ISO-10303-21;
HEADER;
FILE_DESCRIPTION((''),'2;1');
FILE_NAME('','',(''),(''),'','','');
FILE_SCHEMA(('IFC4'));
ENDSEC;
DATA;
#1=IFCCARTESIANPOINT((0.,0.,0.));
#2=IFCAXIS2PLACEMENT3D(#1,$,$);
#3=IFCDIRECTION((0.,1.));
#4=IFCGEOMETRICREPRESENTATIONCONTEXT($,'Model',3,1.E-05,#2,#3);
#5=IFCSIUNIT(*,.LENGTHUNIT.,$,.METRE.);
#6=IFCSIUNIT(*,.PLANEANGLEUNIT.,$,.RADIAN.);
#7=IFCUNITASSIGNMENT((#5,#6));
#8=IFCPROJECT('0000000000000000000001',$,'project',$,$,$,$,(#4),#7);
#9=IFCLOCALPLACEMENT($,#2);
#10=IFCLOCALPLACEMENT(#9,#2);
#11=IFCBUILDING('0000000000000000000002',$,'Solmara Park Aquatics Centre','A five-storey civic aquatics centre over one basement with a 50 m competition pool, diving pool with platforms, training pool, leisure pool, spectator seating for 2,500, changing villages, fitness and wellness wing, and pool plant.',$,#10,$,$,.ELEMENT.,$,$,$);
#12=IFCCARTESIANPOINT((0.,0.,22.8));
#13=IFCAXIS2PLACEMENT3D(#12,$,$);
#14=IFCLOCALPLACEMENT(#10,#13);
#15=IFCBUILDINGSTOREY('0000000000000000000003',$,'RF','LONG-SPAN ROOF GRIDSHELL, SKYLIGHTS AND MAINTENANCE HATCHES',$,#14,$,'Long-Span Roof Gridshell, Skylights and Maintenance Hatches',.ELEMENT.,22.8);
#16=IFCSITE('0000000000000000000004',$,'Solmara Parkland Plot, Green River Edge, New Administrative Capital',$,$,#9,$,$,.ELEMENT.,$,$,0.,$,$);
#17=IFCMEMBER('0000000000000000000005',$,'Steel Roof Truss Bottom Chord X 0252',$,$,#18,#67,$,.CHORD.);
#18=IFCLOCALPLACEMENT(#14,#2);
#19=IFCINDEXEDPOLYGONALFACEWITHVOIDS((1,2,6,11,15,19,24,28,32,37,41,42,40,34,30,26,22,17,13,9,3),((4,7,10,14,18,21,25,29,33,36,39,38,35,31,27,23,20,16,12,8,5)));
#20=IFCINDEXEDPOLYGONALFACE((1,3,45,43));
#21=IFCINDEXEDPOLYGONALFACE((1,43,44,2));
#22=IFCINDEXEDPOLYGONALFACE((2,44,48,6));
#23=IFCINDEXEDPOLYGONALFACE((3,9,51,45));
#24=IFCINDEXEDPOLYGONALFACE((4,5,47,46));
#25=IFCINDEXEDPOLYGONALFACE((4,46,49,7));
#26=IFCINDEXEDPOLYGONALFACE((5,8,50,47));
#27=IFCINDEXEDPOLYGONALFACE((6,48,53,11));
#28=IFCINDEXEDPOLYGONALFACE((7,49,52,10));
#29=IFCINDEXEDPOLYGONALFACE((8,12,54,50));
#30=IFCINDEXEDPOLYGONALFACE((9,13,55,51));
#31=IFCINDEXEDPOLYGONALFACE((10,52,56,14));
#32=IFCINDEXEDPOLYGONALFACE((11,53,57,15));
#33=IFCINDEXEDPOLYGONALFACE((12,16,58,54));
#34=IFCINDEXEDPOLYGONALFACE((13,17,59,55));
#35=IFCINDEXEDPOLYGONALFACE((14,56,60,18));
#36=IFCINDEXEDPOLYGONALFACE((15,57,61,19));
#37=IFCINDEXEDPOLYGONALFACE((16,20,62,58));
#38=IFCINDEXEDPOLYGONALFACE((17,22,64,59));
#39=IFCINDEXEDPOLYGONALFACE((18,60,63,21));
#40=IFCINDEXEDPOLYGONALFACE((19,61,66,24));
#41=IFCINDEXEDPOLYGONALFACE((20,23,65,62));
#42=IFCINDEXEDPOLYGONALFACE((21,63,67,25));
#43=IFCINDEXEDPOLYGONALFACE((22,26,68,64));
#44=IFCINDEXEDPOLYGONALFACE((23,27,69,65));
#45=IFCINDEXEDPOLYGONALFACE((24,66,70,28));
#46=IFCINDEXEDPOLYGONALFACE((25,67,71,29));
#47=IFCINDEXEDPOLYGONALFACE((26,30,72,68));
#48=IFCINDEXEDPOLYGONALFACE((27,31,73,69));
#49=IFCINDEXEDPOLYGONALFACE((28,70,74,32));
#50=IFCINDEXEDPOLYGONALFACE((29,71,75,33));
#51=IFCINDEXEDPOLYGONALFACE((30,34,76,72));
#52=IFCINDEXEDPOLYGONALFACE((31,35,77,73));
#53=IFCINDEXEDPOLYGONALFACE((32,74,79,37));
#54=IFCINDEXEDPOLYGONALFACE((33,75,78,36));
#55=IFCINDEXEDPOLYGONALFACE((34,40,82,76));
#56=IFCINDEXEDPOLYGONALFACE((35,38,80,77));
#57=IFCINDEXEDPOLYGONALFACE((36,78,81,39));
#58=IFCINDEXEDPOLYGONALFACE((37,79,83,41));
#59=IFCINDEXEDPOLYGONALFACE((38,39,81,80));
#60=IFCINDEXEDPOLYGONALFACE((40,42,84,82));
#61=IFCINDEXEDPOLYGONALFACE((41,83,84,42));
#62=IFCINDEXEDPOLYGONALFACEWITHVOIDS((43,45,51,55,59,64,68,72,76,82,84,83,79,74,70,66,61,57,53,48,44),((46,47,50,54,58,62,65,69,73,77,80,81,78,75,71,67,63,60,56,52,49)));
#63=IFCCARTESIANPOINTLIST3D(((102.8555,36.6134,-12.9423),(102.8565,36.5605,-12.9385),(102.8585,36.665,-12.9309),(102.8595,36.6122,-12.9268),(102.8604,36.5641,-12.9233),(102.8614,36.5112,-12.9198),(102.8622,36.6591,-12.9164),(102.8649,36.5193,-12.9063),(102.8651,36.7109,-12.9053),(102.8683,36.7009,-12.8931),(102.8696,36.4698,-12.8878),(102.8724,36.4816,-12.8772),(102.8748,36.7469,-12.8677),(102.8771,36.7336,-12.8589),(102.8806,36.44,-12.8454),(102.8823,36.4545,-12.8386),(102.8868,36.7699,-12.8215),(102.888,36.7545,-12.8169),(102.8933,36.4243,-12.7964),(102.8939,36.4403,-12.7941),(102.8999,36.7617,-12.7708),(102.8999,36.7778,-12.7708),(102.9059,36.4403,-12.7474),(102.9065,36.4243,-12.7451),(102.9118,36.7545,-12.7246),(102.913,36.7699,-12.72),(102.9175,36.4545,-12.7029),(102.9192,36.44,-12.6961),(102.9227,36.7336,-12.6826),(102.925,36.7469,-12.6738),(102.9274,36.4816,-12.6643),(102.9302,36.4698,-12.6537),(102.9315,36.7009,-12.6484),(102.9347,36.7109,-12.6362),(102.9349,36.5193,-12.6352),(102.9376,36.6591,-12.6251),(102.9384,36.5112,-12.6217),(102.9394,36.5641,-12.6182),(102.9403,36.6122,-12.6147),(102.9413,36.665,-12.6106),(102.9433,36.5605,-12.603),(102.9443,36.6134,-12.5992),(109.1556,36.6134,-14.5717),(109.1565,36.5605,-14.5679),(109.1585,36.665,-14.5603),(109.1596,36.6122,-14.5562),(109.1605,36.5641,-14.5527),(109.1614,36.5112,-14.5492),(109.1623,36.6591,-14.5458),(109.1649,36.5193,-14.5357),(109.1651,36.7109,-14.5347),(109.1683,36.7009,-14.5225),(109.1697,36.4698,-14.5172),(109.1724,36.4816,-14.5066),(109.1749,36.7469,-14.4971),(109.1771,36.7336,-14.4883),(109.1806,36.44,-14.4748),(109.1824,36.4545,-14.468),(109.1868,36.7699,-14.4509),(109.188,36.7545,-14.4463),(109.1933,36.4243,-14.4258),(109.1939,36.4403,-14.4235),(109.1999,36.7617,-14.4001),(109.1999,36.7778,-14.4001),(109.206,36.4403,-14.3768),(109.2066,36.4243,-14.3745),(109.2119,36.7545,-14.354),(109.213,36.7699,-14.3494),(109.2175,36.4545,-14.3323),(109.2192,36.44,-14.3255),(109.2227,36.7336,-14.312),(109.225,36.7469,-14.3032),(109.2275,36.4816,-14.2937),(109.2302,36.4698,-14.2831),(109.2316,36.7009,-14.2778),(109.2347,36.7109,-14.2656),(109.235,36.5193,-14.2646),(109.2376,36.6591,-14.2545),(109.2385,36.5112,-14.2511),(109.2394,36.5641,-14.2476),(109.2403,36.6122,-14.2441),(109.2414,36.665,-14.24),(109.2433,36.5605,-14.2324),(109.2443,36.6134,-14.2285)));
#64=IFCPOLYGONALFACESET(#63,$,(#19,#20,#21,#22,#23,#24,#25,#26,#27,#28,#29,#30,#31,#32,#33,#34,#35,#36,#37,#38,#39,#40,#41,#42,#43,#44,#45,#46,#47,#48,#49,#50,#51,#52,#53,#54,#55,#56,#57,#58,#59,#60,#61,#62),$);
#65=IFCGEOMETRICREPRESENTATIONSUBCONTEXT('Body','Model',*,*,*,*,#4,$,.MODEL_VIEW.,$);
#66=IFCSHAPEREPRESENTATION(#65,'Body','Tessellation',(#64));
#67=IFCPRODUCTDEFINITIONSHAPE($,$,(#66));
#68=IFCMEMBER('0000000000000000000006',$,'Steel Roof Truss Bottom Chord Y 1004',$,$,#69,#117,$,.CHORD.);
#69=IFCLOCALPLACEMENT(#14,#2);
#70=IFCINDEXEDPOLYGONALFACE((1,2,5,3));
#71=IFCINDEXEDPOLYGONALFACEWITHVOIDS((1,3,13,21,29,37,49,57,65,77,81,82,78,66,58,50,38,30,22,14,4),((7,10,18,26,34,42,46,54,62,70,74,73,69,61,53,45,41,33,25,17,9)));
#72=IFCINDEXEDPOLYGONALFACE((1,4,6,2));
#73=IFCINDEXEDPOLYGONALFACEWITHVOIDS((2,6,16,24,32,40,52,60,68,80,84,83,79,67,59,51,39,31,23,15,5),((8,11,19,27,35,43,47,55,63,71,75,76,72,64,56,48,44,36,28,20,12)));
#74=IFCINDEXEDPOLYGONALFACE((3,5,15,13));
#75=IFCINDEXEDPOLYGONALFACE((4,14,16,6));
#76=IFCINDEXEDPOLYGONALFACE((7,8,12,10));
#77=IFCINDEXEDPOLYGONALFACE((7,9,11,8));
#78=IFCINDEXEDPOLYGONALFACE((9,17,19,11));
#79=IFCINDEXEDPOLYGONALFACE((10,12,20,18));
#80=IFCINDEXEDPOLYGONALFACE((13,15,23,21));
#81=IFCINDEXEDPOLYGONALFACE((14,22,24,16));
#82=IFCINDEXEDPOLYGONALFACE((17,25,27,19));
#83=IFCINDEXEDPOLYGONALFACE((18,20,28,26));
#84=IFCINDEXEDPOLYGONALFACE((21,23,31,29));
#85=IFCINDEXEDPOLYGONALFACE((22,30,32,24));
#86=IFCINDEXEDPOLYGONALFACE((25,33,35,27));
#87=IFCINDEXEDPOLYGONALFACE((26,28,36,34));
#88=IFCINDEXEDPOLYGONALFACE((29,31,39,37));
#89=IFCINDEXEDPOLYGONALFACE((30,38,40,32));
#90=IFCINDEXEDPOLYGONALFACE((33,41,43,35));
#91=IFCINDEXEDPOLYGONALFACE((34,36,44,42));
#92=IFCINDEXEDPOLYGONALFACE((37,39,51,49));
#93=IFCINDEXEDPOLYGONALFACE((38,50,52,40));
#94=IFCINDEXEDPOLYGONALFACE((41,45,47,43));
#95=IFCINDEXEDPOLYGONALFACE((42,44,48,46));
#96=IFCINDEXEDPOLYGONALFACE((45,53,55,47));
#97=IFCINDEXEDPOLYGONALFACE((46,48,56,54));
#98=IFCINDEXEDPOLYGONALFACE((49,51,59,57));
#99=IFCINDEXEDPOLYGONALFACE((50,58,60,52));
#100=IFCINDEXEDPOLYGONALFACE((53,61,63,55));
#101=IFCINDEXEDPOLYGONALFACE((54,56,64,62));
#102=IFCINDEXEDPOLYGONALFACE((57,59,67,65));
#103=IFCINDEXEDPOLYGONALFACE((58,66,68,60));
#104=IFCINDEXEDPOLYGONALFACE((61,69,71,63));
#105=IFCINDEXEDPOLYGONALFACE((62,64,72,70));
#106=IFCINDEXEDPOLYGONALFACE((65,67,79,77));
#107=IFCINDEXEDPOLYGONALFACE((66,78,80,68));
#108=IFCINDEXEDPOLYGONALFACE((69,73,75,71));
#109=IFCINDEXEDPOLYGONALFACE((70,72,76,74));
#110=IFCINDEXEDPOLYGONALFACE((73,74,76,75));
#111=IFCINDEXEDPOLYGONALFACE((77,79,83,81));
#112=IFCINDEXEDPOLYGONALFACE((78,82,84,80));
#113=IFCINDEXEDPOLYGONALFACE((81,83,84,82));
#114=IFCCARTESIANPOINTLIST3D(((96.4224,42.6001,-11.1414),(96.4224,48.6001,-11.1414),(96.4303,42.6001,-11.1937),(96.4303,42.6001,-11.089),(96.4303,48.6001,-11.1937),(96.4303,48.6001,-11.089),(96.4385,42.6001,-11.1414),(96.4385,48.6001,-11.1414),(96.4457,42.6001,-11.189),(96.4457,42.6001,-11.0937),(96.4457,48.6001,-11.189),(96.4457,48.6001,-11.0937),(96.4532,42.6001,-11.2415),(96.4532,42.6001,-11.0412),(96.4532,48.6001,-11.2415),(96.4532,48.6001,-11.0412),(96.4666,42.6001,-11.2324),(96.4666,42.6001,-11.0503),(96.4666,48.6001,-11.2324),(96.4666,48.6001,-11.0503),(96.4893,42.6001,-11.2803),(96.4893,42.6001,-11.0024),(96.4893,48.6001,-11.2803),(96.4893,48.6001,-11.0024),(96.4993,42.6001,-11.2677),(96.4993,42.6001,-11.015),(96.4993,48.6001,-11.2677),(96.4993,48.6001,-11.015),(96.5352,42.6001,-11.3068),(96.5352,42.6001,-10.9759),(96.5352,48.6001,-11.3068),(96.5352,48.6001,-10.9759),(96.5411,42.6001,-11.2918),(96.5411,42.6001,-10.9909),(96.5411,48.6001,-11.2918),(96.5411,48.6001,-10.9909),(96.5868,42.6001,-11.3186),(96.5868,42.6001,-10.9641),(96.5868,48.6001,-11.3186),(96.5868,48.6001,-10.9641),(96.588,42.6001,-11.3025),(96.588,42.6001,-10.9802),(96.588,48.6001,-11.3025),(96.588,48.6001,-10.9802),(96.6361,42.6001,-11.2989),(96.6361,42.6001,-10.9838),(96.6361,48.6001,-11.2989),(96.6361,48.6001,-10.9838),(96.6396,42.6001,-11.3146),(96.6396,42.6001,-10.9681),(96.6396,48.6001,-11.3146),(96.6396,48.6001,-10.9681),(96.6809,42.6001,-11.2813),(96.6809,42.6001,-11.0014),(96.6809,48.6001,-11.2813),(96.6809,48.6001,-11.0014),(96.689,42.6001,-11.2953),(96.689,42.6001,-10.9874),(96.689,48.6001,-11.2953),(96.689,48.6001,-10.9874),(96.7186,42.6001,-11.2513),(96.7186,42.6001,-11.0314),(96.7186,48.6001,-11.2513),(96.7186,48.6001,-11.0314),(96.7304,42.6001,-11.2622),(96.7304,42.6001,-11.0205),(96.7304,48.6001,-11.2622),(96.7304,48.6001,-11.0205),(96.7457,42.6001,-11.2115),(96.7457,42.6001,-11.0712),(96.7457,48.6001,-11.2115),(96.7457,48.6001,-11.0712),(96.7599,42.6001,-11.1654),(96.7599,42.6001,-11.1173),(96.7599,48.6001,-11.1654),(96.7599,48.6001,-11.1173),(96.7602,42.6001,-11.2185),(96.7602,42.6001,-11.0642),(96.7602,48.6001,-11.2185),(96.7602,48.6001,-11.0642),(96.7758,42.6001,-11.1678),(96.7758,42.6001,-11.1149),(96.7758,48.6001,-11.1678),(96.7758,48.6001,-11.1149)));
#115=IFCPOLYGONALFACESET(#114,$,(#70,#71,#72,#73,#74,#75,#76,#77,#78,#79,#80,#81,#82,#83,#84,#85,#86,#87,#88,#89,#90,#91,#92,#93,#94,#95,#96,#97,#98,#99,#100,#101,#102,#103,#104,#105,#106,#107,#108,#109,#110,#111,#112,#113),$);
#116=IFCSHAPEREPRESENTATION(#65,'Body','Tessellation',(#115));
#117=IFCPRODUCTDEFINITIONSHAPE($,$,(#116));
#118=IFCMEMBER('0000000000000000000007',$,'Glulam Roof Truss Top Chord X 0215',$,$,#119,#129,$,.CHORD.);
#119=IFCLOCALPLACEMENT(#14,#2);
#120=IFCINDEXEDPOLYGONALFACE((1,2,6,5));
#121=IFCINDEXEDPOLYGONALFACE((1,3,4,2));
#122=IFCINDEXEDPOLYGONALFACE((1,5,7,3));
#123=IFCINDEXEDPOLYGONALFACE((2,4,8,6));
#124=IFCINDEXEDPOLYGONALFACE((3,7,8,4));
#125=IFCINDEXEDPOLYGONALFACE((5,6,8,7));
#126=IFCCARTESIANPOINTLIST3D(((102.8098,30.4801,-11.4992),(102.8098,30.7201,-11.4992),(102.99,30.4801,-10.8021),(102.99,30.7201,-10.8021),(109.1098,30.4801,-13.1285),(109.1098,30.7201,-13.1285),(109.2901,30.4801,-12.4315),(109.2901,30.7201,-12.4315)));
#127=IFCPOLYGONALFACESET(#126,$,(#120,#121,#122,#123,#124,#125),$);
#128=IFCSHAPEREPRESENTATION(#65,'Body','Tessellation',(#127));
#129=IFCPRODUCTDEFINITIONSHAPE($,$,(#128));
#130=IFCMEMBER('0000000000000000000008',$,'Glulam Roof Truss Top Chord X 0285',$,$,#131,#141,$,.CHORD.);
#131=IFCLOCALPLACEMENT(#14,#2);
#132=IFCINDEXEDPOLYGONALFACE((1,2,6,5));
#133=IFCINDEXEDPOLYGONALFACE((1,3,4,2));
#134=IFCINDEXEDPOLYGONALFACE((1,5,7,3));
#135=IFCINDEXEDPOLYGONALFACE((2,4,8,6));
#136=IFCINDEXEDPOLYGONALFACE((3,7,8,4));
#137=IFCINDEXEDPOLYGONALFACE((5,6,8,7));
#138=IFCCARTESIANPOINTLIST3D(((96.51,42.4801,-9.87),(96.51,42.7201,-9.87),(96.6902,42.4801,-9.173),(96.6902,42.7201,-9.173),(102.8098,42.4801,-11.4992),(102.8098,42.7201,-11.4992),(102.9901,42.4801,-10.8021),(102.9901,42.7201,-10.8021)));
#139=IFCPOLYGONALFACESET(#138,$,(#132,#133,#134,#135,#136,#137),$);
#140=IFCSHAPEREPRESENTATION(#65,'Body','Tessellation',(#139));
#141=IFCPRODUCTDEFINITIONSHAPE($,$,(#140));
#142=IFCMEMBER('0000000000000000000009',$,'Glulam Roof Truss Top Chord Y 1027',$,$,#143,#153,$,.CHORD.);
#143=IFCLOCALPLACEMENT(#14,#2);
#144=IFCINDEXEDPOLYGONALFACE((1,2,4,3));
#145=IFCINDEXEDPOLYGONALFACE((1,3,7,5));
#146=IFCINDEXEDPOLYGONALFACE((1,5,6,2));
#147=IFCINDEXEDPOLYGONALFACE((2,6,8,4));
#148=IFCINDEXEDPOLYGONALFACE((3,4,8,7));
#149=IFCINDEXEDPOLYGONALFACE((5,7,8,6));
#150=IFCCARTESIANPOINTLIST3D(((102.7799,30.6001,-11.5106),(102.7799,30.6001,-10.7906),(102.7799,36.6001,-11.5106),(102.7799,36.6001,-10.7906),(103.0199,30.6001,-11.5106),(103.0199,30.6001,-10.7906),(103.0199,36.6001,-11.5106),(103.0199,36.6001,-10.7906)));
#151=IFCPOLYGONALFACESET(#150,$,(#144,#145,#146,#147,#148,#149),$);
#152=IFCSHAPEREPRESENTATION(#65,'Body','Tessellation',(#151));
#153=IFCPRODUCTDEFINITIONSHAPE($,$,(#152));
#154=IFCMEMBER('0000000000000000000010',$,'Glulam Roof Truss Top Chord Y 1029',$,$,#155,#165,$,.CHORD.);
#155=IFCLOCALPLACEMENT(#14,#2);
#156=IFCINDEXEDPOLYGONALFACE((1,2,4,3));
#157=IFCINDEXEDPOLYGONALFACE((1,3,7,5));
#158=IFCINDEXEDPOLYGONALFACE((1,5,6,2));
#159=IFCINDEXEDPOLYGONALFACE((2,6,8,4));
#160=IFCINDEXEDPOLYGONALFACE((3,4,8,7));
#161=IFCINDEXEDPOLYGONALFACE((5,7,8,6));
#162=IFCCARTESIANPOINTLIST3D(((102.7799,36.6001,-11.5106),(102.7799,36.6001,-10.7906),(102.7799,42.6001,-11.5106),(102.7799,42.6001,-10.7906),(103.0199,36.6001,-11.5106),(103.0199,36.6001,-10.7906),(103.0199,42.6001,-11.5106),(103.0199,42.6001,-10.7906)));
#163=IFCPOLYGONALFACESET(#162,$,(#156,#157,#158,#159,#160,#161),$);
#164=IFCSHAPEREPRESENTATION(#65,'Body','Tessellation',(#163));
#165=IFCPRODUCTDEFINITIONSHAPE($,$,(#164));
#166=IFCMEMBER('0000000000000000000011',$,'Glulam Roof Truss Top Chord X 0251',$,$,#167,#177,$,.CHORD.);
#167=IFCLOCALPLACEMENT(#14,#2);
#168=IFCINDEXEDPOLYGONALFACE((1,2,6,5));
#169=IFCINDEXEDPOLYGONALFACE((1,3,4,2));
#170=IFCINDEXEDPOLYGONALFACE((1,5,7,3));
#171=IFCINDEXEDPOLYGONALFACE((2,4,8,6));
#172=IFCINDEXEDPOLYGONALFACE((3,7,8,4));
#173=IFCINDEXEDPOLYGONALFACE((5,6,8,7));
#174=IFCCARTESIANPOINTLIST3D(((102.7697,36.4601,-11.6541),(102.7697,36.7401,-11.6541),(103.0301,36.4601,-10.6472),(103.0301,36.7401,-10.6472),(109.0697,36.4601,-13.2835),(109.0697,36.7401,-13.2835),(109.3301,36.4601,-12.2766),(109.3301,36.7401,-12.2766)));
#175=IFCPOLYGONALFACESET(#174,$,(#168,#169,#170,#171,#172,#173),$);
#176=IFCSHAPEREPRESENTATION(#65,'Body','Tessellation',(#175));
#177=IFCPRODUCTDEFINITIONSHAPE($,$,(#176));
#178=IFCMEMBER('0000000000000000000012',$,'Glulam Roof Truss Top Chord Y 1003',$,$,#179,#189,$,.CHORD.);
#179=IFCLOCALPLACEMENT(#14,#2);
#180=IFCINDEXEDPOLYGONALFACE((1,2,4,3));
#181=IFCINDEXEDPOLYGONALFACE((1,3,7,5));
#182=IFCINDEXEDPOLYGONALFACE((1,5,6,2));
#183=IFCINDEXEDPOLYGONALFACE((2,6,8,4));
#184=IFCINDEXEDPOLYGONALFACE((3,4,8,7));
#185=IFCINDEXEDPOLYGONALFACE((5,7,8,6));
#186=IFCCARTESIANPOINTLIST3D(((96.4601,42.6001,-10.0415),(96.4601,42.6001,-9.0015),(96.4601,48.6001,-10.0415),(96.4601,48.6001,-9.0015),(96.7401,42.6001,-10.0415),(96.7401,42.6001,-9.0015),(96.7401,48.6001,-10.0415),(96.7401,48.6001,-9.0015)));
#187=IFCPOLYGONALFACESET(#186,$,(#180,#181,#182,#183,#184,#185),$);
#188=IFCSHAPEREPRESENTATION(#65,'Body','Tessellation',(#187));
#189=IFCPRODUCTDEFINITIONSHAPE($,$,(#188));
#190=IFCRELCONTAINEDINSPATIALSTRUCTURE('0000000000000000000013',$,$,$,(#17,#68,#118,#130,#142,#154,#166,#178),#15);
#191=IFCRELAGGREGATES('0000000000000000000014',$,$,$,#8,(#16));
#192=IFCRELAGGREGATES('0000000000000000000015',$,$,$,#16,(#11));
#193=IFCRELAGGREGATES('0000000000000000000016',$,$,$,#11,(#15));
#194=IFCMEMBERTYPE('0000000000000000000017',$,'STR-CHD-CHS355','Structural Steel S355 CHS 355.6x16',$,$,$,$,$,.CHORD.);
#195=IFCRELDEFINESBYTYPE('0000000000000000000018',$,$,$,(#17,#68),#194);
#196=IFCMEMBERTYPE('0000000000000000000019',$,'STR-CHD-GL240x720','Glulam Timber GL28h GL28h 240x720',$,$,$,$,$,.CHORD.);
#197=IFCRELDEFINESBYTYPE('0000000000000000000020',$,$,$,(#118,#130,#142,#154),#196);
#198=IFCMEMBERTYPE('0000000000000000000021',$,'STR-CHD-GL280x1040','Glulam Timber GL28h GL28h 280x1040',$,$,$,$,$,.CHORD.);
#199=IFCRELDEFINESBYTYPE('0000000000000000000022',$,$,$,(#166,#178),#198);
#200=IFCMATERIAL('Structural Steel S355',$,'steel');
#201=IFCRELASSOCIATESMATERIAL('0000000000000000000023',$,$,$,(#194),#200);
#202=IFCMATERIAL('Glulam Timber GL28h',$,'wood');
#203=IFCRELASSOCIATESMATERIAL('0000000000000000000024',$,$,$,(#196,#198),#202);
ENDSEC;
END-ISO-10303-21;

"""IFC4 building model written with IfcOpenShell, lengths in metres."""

from ifc_helpers import new_model, si_unit, direction, frame, origin, origin_2d, place, context, subcontext, project, spatial, rectangle, hollow_circle, extrude, material, material_profile, profile_set, type_object, element, save


model = new_model("IFC4")

# Units and contexts
model_context = context("Model", 3, precision=1e-05, world=origin(), true_north=direction((0.0, 1.0)))
body_context = subcontext(model_context, "Body", "Model", "MODEL_VIEW")
ifc_project = project(units=[si_unit("LENGTHUNIT", "METRE"), si_unit("PLANEANGLEUNIT", "RADIAN")], contexts=[model_context])

# Site, building, storey
site_placement = place(None, origin())
site = spatial("IfcSite", under=ifc_project, at=site_placement, Name="Solmara Parkland Plot, Green River Edge, New Administrative Capital", CompositionType="ELEMENT", RefElevation=0.0)
building_placement = place(site_placement, origin())
building = spatial("IfcBuilding", under=site, at=building_placement, Name="Solmara Park Aquatics Centre", Description="A five-storey civic aquatics centre over one basement with a 50 m competition pool, diving pool with platforms, training pool, leisure pool, spectator seating for 2,500, changing villages, fitness and wellness wing, and pool plant.", CompositionType="ELEMENT")
storey_placement = place(building_placement, frame((0.0, 0.0, 22.8)))
storey = spatial("IfcBuildingStorey", under=building, at=storey_placement, Name="RF", Description="LONG-SPAN ROOF GRIDSHELL, SKYLIGHTS AND MAINTENANCE HATCHES", LongName="Long-Span Roof Gridshell, Skylights and Maintenance Hatches", CompositionType="ELEMENT", Elevation=22.8)

# Members
ifc_material_1 = material(Name="Structural Steel S355", Category="steel")
ifc_material_profile_1 = material_profile(ifc_material_1, hollow_circle(Radius=0.1777, WallThickness=0.0161, at=origin_2d()), Name="CHS 355.6x16")
ifc_profile_set_1 = profile_set([ifc_material_profile_1], Name="Structural Steel S355")
member_type_1 = type_object("IfcMemberType", Name="STR-CHD-CHS355", Description="Structural Steel S355 CHS 355.6x16", PredefinedType="CHORD", material=ifc_profile_set_1)
member_1_placement = place(storey_placement, frame((102.8999, 36.6001, -12.7708), z_axis=(0.968144, 0.0, -0.250393), x_axis=(0.0, 1.0, 0.0)))
element("IfcMember", 1, at=member_1_placement, inside=storey, type_object=member_type_1, Name="Steel Roof Truss Bottom Chord X 0252", PredefinedType="CHORD", context=body_context, shape_type="SweptSolid", body=[
    extrude(hollow_circle(Radius=0.1777, WallThickness=0.0161, at=origin_2d()), origin(), (0.0, 0.0, 1.0), 6.5073),
])
member_2_placement = place(storey_placement, frame((96.6001, 42.6001, -11.1414), z_axis=(0.0, 1.0, 0.0), x_axis=(-1.0, 0.0, 0.0)))
element("IfcMember", 2, at=member_2_placement, inside=storey, type_object=member_type_1, Name="Steel Roof Truss Bottom Chord Y 1004", PredefinedType="CHORD", context=body_context, shape_type="SweptSolid", body=[
    extrude(hollow_circle(Radius=0.1777, WallThickness=0.0161, at=origin_2d()), origin(), (0.0, 0.0, 1.0), 6.0),
])
ifc_material_2 = material(Name="Glulam Timber GL28h", Category="wood")
ifc_material_profile_2 = material_profile(ifc_material_2, rectangle(XDim=0.24, YDim=0.72, at=origin_2d()), Name="GL28h 240x720")
ifc_profile_set_2 = profile_set([ifc_material_profile_2], Name="Glulam Timber GL28h")
member_type_2 = type_object("IfcMemberType", Name="STR-CHD-GL240x720", Description="Glulam Timber GL28h GL28h 240x720", PredefinedType="CHORD", material=ifc_profile_set_2)
member_3_placement = place(storey_placement, frame((102.8999, 30.6001, -11.1506), z_axis=(0.968144, 0.0, -0.250393), x_axis=(0.0, 1.0, 0.0)))
element("IfcMember", 3, at=member_3_placement, inside=storey, type_object=member_type_2, Name="Glulam Roof Truss Top Chord X 0215", PredefinedType="CHORD", context=body_context, shape_type="SweptSolid", body=[
    extrude(rectangle(XDim=0.24, YDim=0.72, at=origin_2d()), origin(), (0.0, 0.0, 1.0), 6.5073),
])
member_4_placement = place(storey_placement, frame((96.6001, 42.6001, -9.5215), z_axis=(0.968151, 0.0, -0.250367), x_axis=(0.0, 1.0, 0.0)))
element("IfcMember", 4, at=member_4_placement, inside=storey, type_object=member_type_2, Name="Glulam Roof Truss Top Chord X 0285", PredefinedType="CHORD", context=body_context, shape_type="SweptSolid", body=[
    extrude(rectangle(XDim=0.24, YDim=0.72, at=origin_2d()), origin(), (0.0, 0.0, 1.0), 6.5071),
])
for number, where, z_axis, x_axis, name in (
    (5, (102.8999, 30.6001, -11.1506), (0.0, 1.0, 0.0), (-1.0, 0.0, 0.0), "Glulam Roof Truss Top Chord Y 1027"),
    (6, (102.8999, 36.6001, -11.1506), (0.0, 1.0, 0.0), (-1.0, 0.0, 0.0), "Glulam Roof Truss Top Chord Y 1029"),
):
    element("IfcMember", number, at=place(storey_placement, frame(where, z_axis=z_axis, x_axis=x_axis)), inside=storey, type_object=member_type_2, Name=name, PredefinedType="CHORD", context=body_context, shape_type="SweptSolid", body=[
        extrude(rectangle(XDim=0.24, YDim=0.72, at=origin_2d()), origin(), (0.0, 0.0, 1.0), 6.0),
    ])
ifc_material_profile_3 = material_profile(ifc_material_2, rectangle(XDim=0.28, YDim=1.04, at=origin_2d()), Name="GL28h 280x1040")
ifc_profile_set_3 = profile_set([ifc_material_profile_3], Name="Glulam Timber GL28h")
member_type_3 = type_object("IfcMemberType", Name="STR-CHD-GL280x1040", Description="Glulam Timber GL28h GL28h 280x1040", PredefinedType="CHORD", material=ifc_profile_set_3)
member_5_placement = place(storey_placement, frame((102.8999, 36.6001, -11.1506), z_axis=(0.968144, 0.0, -0.250393), x_axis=(0.0, 1.0, 0.0)))
element("IfcMember", 7, at=member_5_placement, inside=storey, type_object=member_type_3, Name="Glulam Roof Truss Top Chord X 0251", PredefinedType="CHORD", context=body_context, shape_type="SweptSolid", body=[
    extrude(rectangle(XDim=0.28, YDim=1.04, at=origin_2d()), origin(), (0.0, 0.0, 1.0), 6.5073),
])
member_6_placement = place(storey_placement, frame((96.6001, 42.6001, -9.5215), z_axis=(0.0, 1.0, 0.0), x_axis=(-1.0, 0.0, 0.0)))
element("IfcMember", 8, at=member_6_placement, inside=storey, type_object=member_type_3, Name="Glulam Roof Truss Top Chord Y 1003", PredefinedType="CHORD", context=body_context, shape_type="SweptSolid", body=[
    extrude(rectangle(XDim=0.28, YDim=1.04, at=origin_2d()), origin(), (0.0, 0.0, 1.0), 6.0),
])

save(model, "model.ifc")
